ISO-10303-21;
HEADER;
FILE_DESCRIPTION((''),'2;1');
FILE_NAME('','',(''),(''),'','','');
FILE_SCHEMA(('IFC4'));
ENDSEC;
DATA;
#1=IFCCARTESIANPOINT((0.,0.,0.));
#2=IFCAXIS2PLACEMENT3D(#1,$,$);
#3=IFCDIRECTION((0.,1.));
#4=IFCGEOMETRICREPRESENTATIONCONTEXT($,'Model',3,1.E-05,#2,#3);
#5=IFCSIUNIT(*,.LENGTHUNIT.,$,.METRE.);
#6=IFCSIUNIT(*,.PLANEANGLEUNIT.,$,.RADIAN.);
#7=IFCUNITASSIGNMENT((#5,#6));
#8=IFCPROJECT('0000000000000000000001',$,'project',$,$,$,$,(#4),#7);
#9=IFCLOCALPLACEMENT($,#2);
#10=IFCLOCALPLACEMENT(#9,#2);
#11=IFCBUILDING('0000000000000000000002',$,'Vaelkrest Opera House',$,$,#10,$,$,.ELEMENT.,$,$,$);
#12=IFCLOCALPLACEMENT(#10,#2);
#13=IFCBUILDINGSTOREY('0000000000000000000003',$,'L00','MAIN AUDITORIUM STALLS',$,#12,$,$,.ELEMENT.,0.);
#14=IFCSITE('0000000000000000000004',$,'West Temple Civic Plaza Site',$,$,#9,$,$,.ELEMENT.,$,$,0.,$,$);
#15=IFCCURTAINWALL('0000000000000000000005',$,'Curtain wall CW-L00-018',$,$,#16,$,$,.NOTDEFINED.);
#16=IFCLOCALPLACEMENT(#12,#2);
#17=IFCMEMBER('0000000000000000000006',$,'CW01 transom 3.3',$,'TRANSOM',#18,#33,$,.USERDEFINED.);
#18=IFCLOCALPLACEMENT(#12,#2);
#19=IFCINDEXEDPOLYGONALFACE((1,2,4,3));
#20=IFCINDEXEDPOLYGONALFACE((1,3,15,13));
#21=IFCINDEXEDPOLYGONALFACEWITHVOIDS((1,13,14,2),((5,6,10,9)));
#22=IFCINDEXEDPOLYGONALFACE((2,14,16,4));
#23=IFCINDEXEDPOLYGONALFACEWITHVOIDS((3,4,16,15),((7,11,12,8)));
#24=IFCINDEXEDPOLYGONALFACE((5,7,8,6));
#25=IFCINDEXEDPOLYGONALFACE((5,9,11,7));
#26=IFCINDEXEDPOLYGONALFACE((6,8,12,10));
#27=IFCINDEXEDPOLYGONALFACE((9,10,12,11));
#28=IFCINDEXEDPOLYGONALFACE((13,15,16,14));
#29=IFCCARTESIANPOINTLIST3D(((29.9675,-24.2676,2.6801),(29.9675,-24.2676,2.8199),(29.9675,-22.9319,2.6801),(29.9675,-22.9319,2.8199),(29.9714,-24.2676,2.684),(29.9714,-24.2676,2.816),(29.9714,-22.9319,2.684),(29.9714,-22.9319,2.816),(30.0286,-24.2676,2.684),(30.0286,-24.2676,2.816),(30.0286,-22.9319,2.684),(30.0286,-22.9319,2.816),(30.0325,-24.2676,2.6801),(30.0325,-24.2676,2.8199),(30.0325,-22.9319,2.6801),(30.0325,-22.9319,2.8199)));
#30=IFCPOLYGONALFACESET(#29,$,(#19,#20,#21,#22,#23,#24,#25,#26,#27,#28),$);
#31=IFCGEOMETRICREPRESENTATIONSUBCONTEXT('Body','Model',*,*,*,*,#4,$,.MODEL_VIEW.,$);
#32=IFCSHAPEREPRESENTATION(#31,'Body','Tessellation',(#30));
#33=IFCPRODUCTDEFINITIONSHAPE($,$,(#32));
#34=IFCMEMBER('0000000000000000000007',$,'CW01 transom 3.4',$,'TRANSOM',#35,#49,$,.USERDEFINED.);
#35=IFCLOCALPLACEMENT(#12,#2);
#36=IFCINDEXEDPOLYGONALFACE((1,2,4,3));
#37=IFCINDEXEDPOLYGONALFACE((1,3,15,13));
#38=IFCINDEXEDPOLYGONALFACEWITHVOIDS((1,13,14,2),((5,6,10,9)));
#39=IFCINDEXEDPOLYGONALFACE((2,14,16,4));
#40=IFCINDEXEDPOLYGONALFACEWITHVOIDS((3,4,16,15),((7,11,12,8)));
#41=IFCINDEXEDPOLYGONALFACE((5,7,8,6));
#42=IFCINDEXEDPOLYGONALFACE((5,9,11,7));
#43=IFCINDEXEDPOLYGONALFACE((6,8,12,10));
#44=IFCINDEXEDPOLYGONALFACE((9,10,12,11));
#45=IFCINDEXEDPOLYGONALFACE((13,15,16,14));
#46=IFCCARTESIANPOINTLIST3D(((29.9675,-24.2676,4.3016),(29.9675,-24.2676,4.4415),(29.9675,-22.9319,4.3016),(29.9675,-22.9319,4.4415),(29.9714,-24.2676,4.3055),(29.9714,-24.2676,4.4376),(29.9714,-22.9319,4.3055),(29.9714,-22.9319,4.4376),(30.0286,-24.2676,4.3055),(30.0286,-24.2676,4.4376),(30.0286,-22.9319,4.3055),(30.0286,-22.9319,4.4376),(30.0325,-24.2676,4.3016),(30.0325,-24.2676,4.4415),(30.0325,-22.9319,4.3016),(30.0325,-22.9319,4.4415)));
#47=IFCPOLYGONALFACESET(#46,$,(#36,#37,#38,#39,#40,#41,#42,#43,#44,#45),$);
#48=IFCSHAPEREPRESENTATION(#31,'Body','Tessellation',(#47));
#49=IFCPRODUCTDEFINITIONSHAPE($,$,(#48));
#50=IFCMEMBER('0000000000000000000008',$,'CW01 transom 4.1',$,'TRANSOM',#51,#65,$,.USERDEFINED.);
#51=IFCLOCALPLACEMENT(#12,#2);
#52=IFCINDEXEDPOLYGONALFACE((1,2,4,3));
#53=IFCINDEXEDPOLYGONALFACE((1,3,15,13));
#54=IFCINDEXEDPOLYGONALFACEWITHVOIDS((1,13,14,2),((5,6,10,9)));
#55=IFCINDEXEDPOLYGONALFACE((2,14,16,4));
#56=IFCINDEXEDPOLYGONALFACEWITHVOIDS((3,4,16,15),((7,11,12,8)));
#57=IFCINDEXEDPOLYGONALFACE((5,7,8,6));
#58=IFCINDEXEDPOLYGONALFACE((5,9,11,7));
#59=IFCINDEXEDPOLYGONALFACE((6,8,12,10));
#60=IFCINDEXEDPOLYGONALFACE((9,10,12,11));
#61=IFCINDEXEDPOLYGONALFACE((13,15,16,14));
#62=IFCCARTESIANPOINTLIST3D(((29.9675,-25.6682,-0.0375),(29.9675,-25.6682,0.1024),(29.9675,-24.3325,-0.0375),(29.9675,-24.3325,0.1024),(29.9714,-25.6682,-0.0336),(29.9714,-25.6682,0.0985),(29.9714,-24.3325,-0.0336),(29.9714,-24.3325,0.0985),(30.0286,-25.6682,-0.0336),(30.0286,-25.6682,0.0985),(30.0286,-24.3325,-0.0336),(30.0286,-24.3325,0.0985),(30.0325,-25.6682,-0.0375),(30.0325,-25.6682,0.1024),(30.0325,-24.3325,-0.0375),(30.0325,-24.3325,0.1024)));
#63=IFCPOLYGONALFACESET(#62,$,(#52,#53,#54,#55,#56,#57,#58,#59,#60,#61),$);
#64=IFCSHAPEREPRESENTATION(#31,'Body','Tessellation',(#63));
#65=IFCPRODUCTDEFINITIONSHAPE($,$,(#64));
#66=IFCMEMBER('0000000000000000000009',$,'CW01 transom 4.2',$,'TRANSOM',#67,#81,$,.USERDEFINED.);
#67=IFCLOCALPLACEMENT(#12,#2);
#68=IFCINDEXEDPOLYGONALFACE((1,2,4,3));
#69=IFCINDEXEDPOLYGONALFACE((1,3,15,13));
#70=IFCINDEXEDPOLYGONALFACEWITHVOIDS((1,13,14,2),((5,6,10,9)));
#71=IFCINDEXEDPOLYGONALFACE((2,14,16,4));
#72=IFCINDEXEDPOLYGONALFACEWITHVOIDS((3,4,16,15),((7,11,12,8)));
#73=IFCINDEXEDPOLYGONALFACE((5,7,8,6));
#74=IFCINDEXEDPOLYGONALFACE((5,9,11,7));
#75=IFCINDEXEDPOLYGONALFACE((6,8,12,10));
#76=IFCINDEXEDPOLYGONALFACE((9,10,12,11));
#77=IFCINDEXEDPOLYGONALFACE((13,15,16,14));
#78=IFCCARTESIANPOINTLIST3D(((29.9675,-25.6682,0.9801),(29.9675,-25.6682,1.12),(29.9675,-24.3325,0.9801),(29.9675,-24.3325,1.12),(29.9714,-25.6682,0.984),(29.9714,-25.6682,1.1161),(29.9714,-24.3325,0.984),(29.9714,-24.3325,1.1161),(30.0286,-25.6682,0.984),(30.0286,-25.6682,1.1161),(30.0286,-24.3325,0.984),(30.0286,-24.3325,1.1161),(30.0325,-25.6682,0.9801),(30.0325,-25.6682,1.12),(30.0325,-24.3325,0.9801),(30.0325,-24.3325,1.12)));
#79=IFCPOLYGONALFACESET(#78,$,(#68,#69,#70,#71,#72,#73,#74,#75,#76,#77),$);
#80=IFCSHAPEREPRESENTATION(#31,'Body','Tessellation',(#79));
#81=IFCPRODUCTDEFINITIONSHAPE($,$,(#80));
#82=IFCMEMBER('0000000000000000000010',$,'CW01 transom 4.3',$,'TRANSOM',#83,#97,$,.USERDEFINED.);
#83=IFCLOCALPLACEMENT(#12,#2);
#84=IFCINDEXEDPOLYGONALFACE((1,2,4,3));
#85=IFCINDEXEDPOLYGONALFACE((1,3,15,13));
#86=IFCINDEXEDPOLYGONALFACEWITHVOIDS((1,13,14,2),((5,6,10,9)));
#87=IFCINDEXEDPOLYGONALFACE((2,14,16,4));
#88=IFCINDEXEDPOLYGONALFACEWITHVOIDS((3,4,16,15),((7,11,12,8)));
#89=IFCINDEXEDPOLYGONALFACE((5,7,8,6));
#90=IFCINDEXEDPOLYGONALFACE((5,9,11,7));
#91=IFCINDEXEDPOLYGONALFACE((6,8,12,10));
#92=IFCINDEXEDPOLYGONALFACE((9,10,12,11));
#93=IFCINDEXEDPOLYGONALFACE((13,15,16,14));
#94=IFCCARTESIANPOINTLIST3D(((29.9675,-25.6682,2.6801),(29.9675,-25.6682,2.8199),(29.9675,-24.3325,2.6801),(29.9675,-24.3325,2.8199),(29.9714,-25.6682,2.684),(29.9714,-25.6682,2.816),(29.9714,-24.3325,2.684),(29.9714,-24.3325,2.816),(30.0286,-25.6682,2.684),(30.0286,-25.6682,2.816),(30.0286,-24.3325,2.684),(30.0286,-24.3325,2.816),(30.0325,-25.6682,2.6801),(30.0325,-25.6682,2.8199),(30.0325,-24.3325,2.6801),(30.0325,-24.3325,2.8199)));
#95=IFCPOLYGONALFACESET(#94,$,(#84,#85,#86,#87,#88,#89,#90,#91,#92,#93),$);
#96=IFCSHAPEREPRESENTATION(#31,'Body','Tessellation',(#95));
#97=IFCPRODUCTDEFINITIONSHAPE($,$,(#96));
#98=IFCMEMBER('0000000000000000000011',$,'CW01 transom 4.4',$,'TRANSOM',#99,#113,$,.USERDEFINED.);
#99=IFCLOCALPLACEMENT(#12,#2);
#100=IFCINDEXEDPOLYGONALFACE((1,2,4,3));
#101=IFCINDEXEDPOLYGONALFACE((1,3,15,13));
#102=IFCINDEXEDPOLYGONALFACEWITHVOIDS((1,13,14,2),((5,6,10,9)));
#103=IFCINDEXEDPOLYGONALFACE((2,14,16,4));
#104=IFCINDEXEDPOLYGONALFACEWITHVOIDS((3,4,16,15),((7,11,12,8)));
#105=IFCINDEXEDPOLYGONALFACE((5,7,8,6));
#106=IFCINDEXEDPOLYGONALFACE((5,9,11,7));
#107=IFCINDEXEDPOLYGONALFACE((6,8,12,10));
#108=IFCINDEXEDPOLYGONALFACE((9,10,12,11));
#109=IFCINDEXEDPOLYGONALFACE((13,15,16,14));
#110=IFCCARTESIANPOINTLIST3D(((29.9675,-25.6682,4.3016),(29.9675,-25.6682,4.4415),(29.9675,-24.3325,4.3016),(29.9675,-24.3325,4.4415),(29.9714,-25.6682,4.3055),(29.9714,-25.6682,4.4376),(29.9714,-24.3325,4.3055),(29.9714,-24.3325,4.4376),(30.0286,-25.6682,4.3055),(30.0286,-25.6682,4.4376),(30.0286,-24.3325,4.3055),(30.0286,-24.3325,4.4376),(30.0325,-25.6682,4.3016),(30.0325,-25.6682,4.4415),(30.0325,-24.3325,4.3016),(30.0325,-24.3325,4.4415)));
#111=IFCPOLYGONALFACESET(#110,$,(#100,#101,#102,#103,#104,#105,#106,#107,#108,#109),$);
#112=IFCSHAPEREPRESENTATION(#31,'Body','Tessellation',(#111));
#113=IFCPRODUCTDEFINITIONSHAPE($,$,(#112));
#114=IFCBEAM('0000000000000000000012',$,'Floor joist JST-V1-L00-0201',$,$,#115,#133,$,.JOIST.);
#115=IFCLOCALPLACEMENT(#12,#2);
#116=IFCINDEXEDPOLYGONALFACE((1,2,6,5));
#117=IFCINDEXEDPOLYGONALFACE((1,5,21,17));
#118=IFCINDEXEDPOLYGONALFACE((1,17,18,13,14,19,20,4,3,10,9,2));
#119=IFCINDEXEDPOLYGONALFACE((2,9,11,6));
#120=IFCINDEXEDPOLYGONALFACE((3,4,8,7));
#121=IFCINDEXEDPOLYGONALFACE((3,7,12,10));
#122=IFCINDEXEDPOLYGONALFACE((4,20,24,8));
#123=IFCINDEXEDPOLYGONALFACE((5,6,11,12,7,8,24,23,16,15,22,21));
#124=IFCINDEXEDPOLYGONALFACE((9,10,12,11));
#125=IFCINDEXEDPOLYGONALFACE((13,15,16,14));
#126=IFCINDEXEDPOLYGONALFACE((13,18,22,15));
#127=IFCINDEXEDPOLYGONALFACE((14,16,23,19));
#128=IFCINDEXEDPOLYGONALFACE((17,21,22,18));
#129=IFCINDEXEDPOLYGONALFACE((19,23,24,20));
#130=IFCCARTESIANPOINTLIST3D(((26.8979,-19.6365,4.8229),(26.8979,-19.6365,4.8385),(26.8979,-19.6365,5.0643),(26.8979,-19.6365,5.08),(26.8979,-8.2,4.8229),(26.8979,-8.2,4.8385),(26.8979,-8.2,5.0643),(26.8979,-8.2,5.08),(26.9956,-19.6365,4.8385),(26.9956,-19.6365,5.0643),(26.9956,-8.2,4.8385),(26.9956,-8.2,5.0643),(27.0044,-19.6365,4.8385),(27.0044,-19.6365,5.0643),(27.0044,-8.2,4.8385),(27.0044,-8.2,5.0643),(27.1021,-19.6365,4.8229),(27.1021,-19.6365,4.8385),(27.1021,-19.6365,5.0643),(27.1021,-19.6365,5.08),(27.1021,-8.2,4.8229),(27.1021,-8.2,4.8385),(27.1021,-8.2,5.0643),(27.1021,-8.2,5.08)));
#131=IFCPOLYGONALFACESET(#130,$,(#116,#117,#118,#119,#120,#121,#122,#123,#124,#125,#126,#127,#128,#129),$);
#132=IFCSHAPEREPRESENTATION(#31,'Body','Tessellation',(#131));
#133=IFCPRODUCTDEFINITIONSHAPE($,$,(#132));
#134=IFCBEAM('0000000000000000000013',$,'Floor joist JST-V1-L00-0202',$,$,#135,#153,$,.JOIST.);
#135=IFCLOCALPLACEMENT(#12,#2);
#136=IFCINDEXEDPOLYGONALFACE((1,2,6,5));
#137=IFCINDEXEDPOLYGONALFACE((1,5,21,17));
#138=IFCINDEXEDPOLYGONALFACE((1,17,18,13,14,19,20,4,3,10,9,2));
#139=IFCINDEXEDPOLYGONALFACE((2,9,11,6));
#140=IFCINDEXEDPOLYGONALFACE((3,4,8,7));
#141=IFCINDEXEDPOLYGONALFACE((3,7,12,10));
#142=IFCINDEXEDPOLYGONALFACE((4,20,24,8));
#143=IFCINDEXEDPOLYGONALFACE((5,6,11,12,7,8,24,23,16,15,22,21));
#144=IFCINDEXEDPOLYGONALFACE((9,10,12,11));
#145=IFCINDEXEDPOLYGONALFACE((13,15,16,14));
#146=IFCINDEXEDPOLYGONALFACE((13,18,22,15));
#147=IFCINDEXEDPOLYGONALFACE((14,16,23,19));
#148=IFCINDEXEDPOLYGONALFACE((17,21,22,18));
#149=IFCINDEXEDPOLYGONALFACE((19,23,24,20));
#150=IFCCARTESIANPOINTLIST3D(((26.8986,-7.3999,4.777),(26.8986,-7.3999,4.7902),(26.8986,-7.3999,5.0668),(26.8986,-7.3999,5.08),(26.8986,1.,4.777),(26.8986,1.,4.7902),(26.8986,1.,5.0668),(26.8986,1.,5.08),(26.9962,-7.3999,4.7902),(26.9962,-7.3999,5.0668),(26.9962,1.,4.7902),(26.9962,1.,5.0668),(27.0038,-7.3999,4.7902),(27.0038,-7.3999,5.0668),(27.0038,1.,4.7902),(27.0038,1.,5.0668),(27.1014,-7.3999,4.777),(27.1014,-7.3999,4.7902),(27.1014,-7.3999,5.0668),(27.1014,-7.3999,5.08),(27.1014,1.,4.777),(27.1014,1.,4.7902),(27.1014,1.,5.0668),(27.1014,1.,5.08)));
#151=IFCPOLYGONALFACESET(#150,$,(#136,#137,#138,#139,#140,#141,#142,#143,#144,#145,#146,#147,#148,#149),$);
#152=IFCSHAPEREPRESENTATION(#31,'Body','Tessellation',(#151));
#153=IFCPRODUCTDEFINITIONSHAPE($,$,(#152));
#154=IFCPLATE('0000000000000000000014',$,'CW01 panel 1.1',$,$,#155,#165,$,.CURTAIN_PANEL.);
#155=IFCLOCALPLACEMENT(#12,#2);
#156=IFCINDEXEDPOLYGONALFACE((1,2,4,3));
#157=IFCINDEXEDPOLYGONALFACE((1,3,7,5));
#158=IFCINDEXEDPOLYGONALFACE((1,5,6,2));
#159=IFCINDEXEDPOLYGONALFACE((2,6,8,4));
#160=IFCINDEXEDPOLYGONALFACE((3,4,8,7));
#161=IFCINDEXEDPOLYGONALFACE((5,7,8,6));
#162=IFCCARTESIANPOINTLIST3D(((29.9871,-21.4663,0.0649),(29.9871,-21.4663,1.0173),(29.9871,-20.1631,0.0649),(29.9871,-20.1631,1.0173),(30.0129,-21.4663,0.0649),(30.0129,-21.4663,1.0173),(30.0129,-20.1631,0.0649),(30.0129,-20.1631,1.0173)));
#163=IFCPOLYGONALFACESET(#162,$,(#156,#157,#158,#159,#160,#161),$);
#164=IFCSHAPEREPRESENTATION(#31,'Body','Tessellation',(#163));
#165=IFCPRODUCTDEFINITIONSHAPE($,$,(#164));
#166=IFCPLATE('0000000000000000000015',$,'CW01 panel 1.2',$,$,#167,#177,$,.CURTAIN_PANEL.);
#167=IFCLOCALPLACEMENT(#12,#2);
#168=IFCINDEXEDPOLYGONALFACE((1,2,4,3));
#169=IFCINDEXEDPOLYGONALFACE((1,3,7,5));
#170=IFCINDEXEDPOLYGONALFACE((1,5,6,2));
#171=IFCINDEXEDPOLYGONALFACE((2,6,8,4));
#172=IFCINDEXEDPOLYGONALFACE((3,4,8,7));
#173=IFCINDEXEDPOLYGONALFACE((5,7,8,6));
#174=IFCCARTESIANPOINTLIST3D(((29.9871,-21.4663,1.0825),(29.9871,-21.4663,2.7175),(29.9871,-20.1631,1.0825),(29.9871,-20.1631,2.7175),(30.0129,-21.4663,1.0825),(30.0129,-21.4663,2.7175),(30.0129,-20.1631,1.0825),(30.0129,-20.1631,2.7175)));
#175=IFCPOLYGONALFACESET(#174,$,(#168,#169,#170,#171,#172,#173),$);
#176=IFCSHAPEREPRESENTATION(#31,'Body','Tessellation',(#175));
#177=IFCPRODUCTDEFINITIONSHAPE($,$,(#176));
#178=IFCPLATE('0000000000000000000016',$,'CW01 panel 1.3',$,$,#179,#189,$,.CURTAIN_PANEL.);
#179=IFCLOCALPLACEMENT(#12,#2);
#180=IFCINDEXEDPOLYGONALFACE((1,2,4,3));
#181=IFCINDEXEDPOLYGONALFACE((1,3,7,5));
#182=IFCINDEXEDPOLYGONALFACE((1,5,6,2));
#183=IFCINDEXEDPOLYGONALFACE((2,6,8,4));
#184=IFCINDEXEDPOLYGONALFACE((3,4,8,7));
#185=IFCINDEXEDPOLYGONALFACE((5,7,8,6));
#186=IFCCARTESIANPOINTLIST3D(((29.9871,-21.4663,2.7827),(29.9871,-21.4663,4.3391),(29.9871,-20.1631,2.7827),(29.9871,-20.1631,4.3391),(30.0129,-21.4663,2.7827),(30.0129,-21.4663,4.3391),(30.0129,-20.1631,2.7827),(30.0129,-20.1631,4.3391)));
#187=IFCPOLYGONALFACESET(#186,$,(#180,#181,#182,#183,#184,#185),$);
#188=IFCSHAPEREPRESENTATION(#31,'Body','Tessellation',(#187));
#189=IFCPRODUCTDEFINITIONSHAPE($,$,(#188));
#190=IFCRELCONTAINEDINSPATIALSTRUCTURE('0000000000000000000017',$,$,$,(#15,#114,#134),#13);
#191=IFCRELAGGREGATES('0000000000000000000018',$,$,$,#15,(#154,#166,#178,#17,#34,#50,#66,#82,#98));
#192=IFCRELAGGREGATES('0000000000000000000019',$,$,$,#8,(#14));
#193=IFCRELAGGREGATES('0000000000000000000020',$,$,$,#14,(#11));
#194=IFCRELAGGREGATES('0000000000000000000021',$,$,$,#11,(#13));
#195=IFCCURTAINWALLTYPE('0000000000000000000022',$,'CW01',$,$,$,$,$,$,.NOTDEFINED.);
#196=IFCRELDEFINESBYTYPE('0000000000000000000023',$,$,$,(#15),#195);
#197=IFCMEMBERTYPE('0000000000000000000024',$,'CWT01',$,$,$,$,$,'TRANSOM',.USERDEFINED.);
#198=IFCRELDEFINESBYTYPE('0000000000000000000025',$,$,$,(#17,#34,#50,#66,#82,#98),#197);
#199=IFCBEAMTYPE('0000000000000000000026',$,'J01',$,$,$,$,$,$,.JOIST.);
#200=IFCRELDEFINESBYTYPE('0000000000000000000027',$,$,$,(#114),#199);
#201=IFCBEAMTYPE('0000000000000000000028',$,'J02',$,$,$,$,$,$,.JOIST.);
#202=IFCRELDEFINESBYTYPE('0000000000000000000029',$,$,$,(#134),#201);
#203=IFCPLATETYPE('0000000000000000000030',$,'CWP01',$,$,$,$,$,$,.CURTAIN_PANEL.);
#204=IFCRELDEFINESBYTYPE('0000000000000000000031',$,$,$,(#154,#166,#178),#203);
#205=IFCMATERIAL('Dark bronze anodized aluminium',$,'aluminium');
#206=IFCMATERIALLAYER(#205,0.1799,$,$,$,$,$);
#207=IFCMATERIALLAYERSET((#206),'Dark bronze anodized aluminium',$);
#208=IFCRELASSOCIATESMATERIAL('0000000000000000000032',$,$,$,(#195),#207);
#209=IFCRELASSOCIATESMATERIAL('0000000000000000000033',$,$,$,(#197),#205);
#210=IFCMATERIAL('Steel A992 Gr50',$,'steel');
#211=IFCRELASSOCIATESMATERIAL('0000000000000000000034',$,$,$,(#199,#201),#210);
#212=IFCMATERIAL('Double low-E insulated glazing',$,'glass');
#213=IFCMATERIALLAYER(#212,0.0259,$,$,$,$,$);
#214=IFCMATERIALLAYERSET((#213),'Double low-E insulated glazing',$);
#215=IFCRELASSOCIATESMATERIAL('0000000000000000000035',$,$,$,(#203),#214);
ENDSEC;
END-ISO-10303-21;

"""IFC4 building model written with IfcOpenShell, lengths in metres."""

from ifc_helpers import new_model, si_unit, direction, frame, origin, origin_2d, place, context, subcontext, project, spatial, rectangle, hollow_rectangle, i_section, extrude, material, layer, layer_set, material_profile, profile_set, type_object, element, aggregate, save


model = new_model("IFC4")

# Units and contexts
model_context = context("Model", 3, precision=1e-05, world=origin(), true_north=direction((0.0, 1.0)))
body_context = subcontext(model_context, "Body", "Model", "MODEL_VIEW")
ifc_project = project(units=[si_unit("LENGTHUNIT", "METRE"), si_unit("PLANEANGLEUNIT", "RADIAN")], contexts=[model_context])

# Site, building, storey
site_placement = place(None, origin())
site = spatial("IfcSite", under=ifc_project, at=site_placement, Name="West Temple Civic Plaza Site", CompositionType="ELEMENT", RefElevation=0.0)
building_placement = place(site_placement, origin())
building = spatial("IfcBuilding", under=site, at=building_placement, Name="Vaelkrest Opera House", CompositionType="ELEMENT")
storey_placement = place(building_placement, origin())
storey = spatial("IfcBuildingStorey", under=building, at=storey_placement, Name="L00", Description="MAIN AUDITORIUM STALLS", CompositionType="ELEMENT", Elevation=0.0)

# Curtain wall, members
ifc_material_1 = material(Name="Dark bronze anodized aluminium", Category="aluminium")
ifc_layer_1 = layer(ifc_material_1, 0.1799)
ifc_layer_set_1 = layer_set([ifc_layer_1], Name="Dark bronze anodized aluminium")
curtain_wall_type = type_object("IfcCurtainWallType", Name="CW01", PredefinedType="NOTDEFINED", material=ifc_layer_set_1)
curtain_wall_placement = place(storey_placement, origin())
curtain_wall = element("IfcCurtainWall", 1, at=curtain_wall_placement, inside=storey, type_object=curtain_wall_type, Name="Curtain wall CW-L00-018", PredefinedType="NOTDEFINED")
ifc_material_profile_1 = material_profile(ifc_material_1, hollow_rectangle(XDim=0.0649, YDim=0.1399, WallThickness=0.0039, at=origin_2d()), Name="CWT65X140")
ifc_profile_set_1 = profile_set([ifc_material_profile_1], Name="Dark bronze anodized aluminium")
member_type_1 = type_object("IfcMemberType", Name="CWT01", ElementType="TRANSOM", PredefinedType="USERDEFINED", material=ifc_profile_set_1)
member_1_placement = place(storey_placement, frame((30.0, -22.9319, 2.75), z_axis=(0.0, -1.0, 0.0), x_axis=(1.0, 0.0, 0.0)))
member_1 = element("IfcMember", 2, at=member_1_placement, type_object=member_type_1, Name="CW01 transom 3.3", ObjectType="TRANSOM", PredefinedType="USERDEFINED", context=body_context, shape_type="SweptSolid", body=[
    extrude(hollow_rectangle(XDim=0.0649, YDim=0.1399, WallThickness=0.0039, at=origin_2d()), origin(), (0.0, 0.0, 1.0), 1.3357),
])
member_2_placement = place(storey_placement, frame((30.0, -22.9319, 4.3716), z_axis=(0.0, -1.0, 0.0), x_axis=(1.0, 0.0, 0.0)))
member_2 = element("IfcMember", 3, at=member_2_placement, type_object=member_type_1, Name="CW01 transom 3.4", ObjectType="TRANSOM", PredefinedType="USERDEFINED", context=body_context, shape_type="SweptSolid", body=[
    extrude(hollow_rectangle(XDim=0.0649, YDim=0.1399, WallThickness=0.0039, at=origin_2d()), origin(), (0.0, 0.0, 1.0), 1.3357),
])
member_3_placement = place(storey_placement, frame((30.0, -24.3325, 0.0325), z_axis=(0.0, -1.0, 0.0), x_axis=(1.0, 0.0, 0.0)))
member_3 = element("IfcMember", 4, at=member_3_placement, type_object=member_type_1, Name="CW01 transom 4.1", ObjectType="TRANSOM", PredefinedType="USERDEFINED", context=body_context, shape_type="SweptSolid", body=[
    extrude(hollow_rectangle(XDim=0.0649, YDim=0.1399, WallThickness=0.0039, at=origin_2d()), origin(), (0.0, 0.0, 1.0), 1.3357),
])
member_4_placement = place(storey_placement, frame((30.0, -24.3325, 1.05), z_axis=(0.0, -1.0, 0.0), x_axis=(1.0, 0.0, 0.0)))
member_4 = element("IfcMember", 5, at=member_4_placement, type_object=member_type_1, Name="CW01 transom 4.2", ObjectType="TRANSOM", PredefinedType="USERDEFINED", context=body_context, shape_type="SweptSolid", body=[
    extrude(hollow_rectangle(XDim=0.0649, YDim=0.1399, WallThickness=0.0039, at=origin_2d()), origin(), (0.0, 0.0, 1.0), 1.3357),
])
member_5_placement = place(storey_placement, frame((30.0, -24.3325, 2.75), z_axis=(0.0, -1.0, 0.0), x_axis=(1.0, 0.0, 0.0)))
member_5 = element("IfcMember", 6, at=member_5_placement, type_object=member_type_1, Name="CW01 transom 4.3", ObjectType="TRANSOM", PredefinedType="USERDEFINED", context=body_context, shape_type="SweptSolid", body=[
    extrude(hollow_rectangle(XDim=0.0649, YDim=0.1399, WallThickness=0.0039, at=origin_2d()), origin(), (0.0, 0.0, 1.0), 1.3357),
])
member_6_placement = place(storey_placement, frame((30.0, -24.3325, 4.3716), z_axis=(0.0, -1.0, 0.0), x_axis=(1.0, 0.0, 0.0)))
member_6 = element("IfcMember", 7, at=member_6_placement, type_object=member_type_1, Name="CW01 transom 4.4", ObjectType="TRANSOM", PredefinedType="USERDEFINED", context=body_context, shape_type="SweptSolid", body=[
    extrude(hollow_rectangle(XDim=0.0649, YDim=0.1399, WallThickness=0.0039, at=origin_2d()), origin(), (0.0, 0.0, 1.0), 1.3357),
])

# Beams
ifc_material_2 = material(Name="Steel A992 Gr50", Category="steel")
ifc_material_profile_2 = material_profile(ifc_material_2, i_section(OverallWidth=0.2041, OverallDepth=0.2571, WebThickness=0.0088, FlangeThickness=0.0156, at=origin_2d()), Name="W10X45")
ifc_profile_set_2 = profile_set([ifc_material_profile_2], Name="Steel A992 Gr50")
beam_type_1 = type_object("IfcBeamType", Name="J01", PredefinedType="JOIST", material=ifc_profile_set_2)
beam_1_placement = place(storey_placement, frame((27.0, -19.6365, 4.9514), z_axis=(0.0, 1.0, 0.0), x_axis=(-1.0, 0.0, 0.0)))
element("IfcBeam", 8, at=beam_1_placement, inside=storey, type_object=beam_type_1, Name="Floor joist JST-V1-L00-0201", PredefinedType="JOIST", context=body_context, shape_type="SweptSolid", body=[
    extrude(i_section(OverallWidth=0.2041, OverallDepth=0.2571, WebThickness=0.0088, FlangeThickness=0.0156, at=origin_2d()), origin(), (0.0, 0.0, 1.0), 11.4365),
])
ifc_material_profile_3 = material_profile(ifc_material_2, i_section(OverallWidth=0.2029, OverallDepth=0.303, WebThickness=0.0076, FlangeThickness=0.0132, at=origin_2d()), Name="W12X40")
ifc_profile_set_3 = profile_set([ifc_material_profile_3], Name="Steel A992 Gr50")
beam_type_2 = type_object("IfcBeamType", Name="J02", PredefinedType="JOIST", material=ifc_profile_set_3)
beam_2_placement = place(storey_placement, frame((27.0, -7.3999, 4.9285), z_axis=(0.0, 1.0, 0.0), x_axis=(-1.0, 0.0, 0.0)))
element("IfcBeam", 9, at=beam_2_placement, inside=storey, type_object=beam_type_2, Name="Floor joist JST-V1-L00-0202", PredefinedType="JOIST", context=body_context, shape_type="SweptSolid", body=[
    extrude(i_section(OverallWidth=0.2029, OverallDepth=0.303, WebThickness=0.0076, FlangeThickness=0.0132, at=origin_2d()), origin(), (0.0, 0.0, 1.0), 8.3999),
])

# Plates
ifc_material_3 = material(Name="Double low-E insulated glazing", Category="glass")
ifc_layer_2 = layer(ifc_material_3, 0.0259)
ifc_layer_set_2 = layer_set([ifc_layer_2], Name="Double low-E insulated glazing")
plate_type = type_object("IfcPlateType", Name="CWP01", PredefinedType="CURTAIN_PANEL", material=ifc_layer_set_2)
plate_1_placement = place(storey_placement, frame((30.0, -20.8147, 0.0649), z_axis=(0.0, 0.0, 1.0), x_axis=(0.0, -1.0, 0.0)))
plate_1 = element("IfcPlate", 10, at=plate_1_placement, type_object=plate_type, Name="CW01 panel 1.1", PredefinedType="CURTAIN_PANEL", context=body_context, shape_type="SweptSolid", body=[
    extrude(rectangle(XDim=1.3032, YDim=0.0259, at=origin_2d()), origin(), (0.0, 0.0, 1.0), 0.9524),
])
plate_2_placement = place(storey_placement, frame((30.0, -20.8147, 1.0825), z_axis=(0.0, 0.0, 1.0), x_axis=(0.0, -1.0, 0.0)))
plate_2 = element("IfcPlate", 11, at=plate_2_placement, type_object=plate_type, Name="CW01 panel 1.2", PredefinedType="CURTAIN_PANEL", context=body_context, shape_type="SweptSolid", body=[
    extrude(rectangle(XDim=1.3032, YDim=0.0259, at=origin_2d()), origin(), (0.0, 0.0, 1.0), 1.635),
])
plate_3_placement = place(storey_placement, frame((30.0, -20.8147, 2.7827), z_axis=(0.0, 0.0, 1.0), x_axis=(0.0, -1.0, 0.0)))
plate_3 = element("IfcPlate", 12, at=plate_3_placement, type_object=plate_type, Name="CW01 panel 1.3", PredefinedType="CURTAIN_PANEL", context=body_context, shape_type="SweptSolid", body=[
    extrude(rectangle(XDim=1.3032, YDim=0.0259, at=origin_2d()), origin(), (0.0, 0.0, 1.0), 1.5564),
])
aggregate(curtain_wall, [plate_1, plate_2, plate_3, member_1, member_2, member_3, member_4, member_5, member_6])

save(model, "model.ifc")
